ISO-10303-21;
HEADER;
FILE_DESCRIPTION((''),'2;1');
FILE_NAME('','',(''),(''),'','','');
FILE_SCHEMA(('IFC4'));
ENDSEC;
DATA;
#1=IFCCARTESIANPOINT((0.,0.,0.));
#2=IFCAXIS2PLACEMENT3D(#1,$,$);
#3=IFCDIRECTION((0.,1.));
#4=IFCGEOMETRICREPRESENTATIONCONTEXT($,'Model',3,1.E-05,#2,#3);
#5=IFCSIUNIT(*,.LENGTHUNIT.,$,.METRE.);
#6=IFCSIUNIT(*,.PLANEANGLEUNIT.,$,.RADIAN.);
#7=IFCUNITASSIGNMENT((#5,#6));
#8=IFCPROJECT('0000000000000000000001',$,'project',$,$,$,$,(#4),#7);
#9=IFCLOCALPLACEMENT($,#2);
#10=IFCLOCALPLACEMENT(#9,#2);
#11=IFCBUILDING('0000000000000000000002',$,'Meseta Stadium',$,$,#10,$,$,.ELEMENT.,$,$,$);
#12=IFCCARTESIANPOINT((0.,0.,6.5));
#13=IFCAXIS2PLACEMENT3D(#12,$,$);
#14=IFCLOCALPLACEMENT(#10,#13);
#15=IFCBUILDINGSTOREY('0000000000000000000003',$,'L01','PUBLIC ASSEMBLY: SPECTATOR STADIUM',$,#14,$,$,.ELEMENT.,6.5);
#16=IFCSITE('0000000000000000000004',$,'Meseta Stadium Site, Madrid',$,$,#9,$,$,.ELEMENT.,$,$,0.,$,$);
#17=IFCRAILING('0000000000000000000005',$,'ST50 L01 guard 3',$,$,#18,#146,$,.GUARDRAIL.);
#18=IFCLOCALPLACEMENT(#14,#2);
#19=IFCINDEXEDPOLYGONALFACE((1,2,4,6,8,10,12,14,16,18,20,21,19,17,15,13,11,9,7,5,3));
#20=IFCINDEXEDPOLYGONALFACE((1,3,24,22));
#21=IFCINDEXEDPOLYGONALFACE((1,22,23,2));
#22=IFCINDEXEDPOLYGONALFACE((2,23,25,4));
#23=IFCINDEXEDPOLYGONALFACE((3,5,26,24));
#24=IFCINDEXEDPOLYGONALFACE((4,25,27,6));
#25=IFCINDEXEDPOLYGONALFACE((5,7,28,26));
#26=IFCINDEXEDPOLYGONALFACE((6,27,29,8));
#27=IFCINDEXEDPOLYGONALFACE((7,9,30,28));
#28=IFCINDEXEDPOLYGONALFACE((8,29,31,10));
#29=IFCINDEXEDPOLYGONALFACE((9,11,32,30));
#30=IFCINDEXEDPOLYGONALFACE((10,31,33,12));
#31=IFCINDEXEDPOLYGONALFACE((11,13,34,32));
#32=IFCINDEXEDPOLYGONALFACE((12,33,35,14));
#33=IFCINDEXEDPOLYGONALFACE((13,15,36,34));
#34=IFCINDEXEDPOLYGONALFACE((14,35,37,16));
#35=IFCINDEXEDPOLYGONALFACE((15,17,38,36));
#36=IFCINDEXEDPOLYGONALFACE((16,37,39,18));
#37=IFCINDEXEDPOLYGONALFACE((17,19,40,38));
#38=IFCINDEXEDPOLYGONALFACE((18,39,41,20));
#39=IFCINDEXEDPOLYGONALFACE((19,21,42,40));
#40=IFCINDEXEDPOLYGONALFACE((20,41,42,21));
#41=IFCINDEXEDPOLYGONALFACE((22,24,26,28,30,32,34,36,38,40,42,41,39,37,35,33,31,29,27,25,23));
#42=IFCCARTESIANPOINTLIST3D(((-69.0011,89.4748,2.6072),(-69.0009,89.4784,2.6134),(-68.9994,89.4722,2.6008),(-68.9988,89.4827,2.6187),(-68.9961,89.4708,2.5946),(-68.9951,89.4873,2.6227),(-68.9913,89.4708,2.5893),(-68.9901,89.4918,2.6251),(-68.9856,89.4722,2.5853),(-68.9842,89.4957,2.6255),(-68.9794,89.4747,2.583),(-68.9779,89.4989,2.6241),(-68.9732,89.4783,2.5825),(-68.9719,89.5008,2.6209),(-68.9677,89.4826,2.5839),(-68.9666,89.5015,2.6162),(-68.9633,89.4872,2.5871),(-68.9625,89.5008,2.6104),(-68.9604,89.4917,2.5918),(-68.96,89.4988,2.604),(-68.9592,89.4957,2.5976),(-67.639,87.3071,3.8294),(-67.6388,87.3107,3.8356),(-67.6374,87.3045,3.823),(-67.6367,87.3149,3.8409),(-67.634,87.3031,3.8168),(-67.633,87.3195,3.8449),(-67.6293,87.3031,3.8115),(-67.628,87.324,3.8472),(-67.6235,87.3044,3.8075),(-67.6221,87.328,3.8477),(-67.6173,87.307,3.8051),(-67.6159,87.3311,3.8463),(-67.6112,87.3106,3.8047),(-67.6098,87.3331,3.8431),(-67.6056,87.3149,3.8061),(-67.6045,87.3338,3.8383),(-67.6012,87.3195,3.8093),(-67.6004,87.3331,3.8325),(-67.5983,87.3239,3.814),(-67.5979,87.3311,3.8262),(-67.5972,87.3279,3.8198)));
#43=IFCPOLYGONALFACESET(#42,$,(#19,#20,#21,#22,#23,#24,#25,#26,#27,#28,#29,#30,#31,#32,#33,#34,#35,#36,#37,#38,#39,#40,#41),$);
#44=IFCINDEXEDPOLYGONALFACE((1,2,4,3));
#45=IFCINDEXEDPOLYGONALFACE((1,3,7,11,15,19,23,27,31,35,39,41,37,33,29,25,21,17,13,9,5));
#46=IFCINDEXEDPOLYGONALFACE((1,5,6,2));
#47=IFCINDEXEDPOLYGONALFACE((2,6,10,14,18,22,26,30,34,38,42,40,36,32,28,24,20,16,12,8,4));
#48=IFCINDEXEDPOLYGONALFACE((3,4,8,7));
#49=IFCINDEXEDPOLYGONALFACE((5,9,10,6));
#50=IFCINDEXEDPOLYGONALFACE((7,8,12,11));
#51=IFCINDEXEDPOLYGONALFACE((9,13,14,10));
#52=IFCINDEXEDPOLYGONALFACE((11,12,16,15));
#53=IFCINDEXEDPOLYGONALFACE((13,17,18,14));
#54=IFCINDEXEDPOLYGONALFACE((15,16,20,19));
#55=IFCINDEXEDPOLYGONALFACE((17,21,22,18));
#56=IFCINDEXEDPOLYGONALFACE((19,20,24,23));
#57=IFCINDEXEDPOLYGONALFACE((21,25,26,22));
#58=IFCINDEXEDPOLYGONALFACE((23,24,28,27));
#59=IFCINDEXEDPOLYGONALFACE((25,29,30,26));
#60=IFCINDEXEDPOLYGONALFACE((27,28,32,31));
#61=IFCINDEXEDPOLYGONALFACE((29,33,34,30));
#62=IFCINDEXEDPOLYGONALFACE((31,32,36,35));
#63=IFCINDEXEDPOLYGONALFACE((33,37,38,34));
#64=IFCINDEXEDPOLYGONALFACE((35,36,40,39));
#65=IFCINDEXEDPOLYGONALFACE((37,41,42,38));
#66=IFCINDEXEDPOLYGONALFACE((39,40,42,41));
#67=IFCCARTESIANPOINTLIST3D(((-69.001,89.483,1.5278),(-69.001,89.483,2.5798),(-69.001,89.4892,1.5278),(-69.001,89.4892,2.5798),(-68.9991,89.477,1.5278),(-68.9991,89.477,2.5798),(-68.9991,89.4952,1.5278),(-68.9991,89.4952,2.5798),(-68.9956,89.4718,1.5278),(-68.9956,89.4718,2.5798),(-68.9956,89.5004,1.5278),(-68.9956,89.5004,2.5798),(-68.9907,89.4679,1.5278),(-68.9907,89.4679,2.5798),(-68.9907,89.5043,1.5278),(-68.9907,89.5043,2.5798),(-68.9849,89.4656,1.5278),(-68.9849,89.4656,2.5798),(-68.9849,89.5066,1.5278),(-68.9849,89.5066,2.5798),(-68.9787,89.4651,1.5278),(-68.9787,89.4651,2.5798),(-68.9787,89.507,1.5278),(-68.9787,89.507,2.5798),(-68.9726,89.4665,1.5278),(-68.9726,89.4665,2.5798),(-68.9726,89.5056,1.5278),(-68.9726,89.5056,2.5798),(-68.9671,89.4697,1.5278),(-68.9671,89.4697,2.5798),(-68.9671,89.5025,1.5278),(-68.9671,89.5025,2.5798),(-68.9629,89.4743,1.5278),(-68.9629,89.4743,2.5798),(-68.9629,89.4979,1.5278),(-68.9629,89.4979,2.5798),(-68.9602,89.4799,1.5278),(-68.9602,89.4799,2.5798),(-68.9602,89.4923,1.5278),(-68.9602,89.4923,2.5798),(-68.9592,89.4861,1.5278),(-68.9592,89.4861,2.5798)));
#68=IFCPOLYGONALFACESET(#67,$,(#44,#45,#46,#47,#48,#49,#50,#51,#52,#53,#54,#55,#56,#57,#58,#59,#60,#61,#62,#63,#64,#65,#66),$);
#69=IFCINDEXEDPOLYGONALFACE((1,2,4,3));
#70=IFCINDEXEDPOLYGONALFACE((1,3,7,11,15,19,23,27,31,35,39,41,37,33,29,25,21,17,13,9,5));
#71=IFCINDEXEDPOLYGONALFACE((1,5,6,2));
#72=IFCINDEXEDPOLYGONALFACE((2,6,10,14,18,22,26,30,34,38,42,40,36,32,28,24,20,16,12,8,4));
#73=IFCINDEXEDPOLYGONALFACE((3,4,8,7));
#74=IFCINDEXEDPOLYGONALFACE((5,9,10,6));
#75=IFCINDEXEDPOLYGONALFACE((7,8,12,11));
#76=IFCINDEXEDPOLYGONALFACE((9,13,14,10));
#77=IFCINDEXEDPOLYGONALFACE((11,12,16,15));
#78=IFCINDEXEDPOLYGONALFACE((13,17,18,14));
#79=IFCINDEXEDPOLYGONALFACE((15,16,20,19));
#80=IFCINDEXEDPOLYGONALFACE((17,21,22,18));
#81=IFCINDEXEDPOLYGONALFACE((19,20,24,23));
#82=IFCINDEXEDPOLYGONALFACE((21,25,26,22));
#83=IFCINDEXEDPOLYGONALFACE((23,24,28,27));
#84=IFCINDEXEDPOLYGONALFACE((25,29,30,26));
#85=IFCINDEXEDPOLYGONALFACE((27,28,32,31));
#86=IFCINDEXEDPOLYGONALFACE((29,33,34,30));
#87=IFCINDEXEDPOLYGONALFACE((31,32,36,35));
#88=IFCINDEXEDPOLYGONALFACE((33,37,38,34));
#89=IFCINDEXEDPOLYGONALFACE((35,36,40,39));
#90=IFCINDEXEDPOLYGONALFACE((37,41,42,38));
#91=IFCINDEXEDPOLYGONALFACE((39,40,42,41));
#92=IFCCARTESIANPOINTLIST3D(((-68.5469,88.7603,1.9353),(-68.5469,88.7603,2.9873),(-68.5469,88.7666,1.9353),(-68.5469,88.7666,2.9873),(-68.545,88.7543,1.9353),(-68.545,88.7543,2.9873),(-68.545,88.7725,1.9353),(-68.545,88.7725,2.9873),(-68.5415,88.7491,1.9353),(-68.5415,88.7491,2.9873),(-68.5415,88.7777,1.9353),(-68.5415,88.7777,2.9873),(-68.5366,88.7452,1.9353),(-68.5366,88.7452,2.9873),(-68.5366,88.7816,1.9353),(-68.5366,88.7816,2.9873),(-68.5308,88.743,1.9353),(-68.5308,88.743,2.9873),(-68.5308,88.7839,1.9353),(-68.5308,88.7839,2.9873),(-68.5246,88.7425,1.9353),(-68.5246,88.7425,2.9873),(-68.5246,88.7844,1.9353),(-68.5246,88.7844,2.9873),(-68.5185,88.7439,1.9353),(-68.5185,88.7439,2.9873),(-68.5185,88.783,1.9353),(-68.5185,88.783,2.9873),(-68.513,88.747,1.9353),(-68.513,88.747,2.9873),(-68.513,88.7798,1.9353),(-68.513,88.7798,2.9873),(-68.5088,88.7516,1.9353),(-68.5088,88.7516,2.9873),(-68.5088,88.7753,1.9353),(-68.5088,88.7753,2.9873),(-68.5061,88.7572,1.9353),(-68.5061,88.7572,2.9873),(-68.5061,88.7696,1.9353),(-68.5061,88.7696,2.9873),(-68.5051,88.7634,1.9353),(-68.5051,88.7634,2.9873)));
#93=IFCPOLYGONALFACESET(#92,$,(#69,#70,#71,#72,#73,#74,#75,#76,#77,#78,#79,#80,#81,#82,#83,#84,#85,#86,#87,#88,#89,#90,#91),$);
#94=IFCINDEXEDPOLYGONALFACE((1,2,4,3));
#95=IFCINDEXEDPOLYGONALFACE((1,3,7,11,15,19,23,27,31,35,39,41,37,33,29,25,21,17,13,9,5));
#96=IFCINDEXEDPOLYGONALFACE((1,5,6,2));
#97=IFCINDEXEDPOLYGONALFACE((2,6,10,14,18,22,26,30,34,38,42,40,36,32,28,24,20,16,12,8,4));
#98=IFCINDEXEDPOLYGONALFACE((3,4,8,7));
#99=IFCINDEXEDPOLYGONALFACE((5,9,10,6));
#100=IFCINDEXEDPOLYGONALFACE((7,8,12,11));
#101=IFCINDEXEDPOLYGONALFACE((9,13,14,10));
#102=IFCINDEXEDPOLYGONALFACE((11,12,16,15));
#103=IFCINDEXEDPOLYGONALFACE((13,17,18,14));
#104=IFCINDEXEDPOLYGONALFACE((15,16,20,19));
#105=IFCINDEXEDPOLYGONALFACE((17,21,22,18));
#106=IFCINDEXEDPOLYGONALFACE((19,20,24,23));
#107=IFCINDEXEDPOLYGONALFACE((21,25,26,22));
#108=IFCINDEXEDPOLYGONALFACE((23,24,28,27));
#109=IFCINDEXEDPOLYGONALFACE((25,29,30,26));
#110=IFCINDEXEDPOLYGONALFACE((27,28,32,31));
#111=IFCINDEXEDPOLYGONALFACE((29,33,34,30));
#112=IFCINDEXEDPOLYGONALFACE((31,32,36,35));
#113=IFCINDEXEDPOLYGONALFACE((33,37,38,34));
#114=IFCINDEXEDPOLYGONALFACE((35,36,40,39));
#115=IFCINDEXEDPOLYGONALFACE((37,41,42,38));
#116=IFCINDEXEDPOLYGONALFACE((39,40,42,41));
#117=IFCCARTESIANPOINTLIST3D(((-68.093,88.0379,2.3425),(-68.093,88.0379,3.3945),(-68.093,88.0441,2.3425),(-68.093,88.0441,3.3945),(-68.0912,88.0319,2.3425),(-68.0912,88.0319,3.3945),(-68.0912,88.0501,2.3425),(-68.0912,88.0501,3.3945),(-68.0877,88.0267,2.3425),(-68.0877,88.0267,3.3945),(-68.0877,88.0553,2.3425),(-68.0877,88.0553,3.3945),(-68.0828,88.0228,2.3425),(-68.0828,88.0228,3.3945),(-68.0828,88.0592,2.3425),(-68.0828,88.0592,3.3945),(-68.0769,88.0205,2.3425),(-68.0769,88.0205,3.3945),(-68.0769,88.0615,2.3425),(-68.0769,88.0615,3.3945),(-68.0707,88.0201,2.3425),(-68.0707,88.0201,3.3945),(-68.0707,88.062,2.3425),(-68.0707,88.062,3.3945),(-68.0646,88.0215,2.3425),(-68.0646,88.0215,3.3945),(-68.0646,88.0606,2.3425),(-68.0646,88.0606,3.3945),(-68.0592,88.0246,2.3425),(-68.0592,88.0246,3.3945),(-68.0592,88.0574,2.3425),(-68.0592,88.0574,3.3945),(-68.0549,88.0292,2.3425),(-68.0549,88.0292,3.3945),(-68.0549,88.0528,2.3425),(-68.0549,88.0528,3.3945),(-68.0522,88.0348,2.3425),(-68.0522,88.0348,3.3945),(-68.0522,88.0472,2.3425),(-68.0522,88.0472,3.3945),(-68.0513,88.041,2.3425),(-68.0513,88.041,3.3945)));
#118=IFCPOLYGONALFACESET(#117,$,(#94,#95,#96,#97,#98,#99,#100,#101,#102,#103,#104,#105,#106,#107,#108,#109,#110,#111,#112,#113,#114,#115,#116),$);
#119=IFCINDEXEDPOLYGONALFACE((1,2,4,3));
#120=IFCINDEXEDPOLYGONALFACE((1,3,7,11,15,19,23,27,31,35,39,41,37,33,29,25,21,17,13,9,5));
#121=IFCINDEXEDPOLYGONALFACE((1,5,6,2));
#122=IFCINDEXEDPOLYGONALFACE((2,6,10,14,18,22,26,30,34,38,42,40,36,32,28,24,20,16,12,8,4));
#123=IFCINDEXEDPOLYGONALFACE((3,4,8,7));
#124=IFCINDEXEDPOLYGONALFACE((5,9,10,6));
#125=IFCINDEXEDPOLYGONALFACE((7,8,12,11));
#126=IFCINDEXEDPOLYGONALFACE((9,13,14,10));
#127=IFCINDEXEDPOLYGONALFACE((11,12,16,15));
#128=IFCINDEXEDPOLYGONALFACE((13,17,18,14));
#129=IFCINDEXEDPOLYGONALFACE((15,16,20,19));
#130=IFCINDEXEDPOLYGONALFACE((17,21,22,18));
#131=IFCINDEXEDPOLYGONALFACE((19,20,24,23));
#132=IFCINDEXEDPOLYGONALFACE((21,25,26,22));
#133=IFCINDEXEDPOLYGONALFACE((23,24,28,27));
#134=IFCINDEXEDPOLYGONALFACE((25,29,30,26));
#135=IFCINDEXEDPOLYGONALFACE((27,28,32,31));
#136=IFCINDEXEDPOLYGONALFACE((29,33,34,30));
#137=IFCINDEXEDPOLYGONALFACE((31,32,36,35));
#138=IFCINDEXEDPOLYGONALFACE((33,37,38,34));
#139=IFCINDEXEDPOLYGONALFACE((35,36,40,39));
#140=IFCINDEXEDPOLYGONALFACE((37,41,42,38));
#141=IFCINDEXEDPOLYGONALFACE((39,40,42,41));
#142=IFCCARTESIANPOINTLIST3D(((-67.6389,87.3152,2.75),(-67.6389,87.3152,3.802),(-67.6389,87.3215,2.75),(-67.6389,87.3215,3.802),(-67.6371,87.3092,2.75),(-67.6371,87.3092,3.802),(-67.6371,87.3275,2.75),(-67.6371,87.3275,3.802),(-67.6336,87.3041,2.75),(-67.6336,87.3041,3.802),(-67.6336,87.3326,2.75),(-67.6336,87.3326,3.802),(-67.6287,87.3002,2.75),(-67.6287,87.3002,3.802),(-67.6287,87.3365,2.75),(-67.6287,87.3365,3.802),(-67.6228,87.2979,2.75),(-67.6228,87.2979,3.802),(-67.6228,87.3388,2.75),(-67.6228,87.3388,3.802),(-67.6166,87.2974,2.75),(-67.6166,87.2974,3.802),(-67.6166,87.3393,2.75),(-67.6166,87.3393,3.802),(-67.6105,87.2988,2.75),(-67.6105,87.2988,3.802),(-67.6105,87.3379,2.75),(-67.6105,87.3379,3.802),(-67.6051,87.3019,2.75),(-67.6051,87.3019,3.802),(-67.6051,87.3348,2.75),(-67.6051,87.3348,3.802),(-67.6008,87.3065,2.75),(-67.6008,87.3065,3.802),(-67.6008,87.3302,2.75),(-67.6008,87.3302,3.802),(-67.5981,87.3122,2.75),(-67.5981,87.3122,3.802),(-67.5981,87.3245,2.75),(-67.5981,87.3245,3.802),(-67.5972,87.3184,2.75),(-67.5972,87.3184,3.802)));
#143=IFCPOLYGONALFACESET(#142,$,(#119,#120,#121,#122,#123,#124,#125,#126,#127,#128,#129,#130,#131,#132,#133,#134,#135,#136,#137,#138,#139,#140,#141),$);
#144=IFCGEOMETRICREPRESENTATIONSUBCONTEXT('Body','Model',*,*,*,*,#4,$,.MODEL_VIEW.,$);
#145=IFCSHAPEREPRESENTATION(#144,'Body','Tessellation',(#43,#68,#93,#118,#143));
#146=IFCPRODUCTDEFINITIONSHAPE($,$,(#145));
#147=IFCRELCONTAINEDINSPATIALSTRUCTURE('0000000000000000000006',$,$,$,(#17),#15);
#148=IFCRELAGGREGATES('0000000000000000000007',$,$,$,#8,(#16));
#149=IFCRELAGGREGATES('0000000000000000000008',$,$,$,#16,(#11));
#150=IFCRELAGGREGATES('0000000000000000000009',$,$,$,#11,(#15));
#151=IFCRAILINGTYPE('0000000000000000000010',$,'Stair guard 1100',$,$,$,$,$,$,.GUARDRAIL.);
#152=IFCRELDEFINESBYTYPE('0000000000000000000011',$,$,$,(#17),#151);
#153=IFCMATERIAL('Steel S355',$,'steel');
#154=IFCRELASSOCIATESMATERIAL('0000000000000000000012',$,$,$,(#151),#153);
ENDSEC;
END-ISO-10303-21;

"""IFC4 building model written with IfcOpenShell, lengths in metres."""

from ifc_helpers import new_model, si_unit, direction, frame, origin, origin_2d, place, context, subcontext, project, spatial, circle, extrude, material, type_object, element, save


model = new_model("IFC4")

# Units and contexts
model_context = context("Model", 3, precision=1e-05, world=origin(), true_north=direction((0.0, 1.0)))
body_context = subcontext(model_context, "Body", "Model", "MODEL_VIEW")
ifc_project = project(units=[si_unit("LENGTHUNIT", "METRE"), si_unit("PLANEANGLEUNIT", "RADIAN")], contexts=[model_context])

# Site, building, storey
site_placement = place(None, origin())
site = spatial("IfcSite", under=ifc_project, at=site_placement, Name="Meseta Stadium Site, Madrid", CompositionType="ELEMENT", RefElevation=0.0)
building_placement = place(site_placement, origin())
building = spatial("IfcBuilding", under=site, at=building_placement, Name="Meseta Stadium", CompositionType="ELEMENT")
storey_placement = place(building_placement, frame((0.0, 0.0, 6.5)))
storey = spatial("IfcBuildingStorey", under=building, at=storey_placement, Name="L01", Description="PUBLIC ASSEMBLY: SPECTATOR STADIUM", CompositionType="ELEMENT", Elevation=6.5)

# Railing
ifc_material_1 = material(Name="Steel S355", Category="steel")
railing_type_1 = type_object("IfcRailingType", Name="Stair guard 1100", PredefinedType="GUARDRAIL", material=ifc_material_1)
railing_1_placement = place(storey_placement, frame((-68.9802, 89.4861, 1.5278)))
element("IfcRailing", 1, at=railing_1_placement, inside=storey, type_object=railing_type_1, Name="ST50 L01 guard 3", PredefinedType="GUARDRAIL", context=body_context, shape_type="SweptSolid", body=[
    extrude(circle(Radius=0.0239, at=origin_2d()), frame((0.0, 0.0, 1.0762), z_axis=(0.480125, -0.764121, 0.430813), x_axis=(0.846726, 0.532029, 0.0)), (0.0, 0.0, 1.0), 2.8369),
    extrude(circle(Radius=0.021, at=origin_2d()), origin(), (0.0, 0.0, 1.0), 1.052),
    extrude(circle(Radius=0.021, at=origin_2d()), frame((0.4541, -0.7227, 0.4075)), (0.0, 0.0, 1.0), 1.052),
    extrude(circle(Radius=0.021, at=origin_2d()), frame((0.908, -1.4451, 0.8147)), (0.0, 0.0, 1.0), 1.052),
    extrude(circle(Radius=0.021, at=origin_2d()), frame((1.3621, -2.1677, 1.2222)), (0.0, 0.0, 1.0), 1.052),
])

save(model, "model.ifc")
